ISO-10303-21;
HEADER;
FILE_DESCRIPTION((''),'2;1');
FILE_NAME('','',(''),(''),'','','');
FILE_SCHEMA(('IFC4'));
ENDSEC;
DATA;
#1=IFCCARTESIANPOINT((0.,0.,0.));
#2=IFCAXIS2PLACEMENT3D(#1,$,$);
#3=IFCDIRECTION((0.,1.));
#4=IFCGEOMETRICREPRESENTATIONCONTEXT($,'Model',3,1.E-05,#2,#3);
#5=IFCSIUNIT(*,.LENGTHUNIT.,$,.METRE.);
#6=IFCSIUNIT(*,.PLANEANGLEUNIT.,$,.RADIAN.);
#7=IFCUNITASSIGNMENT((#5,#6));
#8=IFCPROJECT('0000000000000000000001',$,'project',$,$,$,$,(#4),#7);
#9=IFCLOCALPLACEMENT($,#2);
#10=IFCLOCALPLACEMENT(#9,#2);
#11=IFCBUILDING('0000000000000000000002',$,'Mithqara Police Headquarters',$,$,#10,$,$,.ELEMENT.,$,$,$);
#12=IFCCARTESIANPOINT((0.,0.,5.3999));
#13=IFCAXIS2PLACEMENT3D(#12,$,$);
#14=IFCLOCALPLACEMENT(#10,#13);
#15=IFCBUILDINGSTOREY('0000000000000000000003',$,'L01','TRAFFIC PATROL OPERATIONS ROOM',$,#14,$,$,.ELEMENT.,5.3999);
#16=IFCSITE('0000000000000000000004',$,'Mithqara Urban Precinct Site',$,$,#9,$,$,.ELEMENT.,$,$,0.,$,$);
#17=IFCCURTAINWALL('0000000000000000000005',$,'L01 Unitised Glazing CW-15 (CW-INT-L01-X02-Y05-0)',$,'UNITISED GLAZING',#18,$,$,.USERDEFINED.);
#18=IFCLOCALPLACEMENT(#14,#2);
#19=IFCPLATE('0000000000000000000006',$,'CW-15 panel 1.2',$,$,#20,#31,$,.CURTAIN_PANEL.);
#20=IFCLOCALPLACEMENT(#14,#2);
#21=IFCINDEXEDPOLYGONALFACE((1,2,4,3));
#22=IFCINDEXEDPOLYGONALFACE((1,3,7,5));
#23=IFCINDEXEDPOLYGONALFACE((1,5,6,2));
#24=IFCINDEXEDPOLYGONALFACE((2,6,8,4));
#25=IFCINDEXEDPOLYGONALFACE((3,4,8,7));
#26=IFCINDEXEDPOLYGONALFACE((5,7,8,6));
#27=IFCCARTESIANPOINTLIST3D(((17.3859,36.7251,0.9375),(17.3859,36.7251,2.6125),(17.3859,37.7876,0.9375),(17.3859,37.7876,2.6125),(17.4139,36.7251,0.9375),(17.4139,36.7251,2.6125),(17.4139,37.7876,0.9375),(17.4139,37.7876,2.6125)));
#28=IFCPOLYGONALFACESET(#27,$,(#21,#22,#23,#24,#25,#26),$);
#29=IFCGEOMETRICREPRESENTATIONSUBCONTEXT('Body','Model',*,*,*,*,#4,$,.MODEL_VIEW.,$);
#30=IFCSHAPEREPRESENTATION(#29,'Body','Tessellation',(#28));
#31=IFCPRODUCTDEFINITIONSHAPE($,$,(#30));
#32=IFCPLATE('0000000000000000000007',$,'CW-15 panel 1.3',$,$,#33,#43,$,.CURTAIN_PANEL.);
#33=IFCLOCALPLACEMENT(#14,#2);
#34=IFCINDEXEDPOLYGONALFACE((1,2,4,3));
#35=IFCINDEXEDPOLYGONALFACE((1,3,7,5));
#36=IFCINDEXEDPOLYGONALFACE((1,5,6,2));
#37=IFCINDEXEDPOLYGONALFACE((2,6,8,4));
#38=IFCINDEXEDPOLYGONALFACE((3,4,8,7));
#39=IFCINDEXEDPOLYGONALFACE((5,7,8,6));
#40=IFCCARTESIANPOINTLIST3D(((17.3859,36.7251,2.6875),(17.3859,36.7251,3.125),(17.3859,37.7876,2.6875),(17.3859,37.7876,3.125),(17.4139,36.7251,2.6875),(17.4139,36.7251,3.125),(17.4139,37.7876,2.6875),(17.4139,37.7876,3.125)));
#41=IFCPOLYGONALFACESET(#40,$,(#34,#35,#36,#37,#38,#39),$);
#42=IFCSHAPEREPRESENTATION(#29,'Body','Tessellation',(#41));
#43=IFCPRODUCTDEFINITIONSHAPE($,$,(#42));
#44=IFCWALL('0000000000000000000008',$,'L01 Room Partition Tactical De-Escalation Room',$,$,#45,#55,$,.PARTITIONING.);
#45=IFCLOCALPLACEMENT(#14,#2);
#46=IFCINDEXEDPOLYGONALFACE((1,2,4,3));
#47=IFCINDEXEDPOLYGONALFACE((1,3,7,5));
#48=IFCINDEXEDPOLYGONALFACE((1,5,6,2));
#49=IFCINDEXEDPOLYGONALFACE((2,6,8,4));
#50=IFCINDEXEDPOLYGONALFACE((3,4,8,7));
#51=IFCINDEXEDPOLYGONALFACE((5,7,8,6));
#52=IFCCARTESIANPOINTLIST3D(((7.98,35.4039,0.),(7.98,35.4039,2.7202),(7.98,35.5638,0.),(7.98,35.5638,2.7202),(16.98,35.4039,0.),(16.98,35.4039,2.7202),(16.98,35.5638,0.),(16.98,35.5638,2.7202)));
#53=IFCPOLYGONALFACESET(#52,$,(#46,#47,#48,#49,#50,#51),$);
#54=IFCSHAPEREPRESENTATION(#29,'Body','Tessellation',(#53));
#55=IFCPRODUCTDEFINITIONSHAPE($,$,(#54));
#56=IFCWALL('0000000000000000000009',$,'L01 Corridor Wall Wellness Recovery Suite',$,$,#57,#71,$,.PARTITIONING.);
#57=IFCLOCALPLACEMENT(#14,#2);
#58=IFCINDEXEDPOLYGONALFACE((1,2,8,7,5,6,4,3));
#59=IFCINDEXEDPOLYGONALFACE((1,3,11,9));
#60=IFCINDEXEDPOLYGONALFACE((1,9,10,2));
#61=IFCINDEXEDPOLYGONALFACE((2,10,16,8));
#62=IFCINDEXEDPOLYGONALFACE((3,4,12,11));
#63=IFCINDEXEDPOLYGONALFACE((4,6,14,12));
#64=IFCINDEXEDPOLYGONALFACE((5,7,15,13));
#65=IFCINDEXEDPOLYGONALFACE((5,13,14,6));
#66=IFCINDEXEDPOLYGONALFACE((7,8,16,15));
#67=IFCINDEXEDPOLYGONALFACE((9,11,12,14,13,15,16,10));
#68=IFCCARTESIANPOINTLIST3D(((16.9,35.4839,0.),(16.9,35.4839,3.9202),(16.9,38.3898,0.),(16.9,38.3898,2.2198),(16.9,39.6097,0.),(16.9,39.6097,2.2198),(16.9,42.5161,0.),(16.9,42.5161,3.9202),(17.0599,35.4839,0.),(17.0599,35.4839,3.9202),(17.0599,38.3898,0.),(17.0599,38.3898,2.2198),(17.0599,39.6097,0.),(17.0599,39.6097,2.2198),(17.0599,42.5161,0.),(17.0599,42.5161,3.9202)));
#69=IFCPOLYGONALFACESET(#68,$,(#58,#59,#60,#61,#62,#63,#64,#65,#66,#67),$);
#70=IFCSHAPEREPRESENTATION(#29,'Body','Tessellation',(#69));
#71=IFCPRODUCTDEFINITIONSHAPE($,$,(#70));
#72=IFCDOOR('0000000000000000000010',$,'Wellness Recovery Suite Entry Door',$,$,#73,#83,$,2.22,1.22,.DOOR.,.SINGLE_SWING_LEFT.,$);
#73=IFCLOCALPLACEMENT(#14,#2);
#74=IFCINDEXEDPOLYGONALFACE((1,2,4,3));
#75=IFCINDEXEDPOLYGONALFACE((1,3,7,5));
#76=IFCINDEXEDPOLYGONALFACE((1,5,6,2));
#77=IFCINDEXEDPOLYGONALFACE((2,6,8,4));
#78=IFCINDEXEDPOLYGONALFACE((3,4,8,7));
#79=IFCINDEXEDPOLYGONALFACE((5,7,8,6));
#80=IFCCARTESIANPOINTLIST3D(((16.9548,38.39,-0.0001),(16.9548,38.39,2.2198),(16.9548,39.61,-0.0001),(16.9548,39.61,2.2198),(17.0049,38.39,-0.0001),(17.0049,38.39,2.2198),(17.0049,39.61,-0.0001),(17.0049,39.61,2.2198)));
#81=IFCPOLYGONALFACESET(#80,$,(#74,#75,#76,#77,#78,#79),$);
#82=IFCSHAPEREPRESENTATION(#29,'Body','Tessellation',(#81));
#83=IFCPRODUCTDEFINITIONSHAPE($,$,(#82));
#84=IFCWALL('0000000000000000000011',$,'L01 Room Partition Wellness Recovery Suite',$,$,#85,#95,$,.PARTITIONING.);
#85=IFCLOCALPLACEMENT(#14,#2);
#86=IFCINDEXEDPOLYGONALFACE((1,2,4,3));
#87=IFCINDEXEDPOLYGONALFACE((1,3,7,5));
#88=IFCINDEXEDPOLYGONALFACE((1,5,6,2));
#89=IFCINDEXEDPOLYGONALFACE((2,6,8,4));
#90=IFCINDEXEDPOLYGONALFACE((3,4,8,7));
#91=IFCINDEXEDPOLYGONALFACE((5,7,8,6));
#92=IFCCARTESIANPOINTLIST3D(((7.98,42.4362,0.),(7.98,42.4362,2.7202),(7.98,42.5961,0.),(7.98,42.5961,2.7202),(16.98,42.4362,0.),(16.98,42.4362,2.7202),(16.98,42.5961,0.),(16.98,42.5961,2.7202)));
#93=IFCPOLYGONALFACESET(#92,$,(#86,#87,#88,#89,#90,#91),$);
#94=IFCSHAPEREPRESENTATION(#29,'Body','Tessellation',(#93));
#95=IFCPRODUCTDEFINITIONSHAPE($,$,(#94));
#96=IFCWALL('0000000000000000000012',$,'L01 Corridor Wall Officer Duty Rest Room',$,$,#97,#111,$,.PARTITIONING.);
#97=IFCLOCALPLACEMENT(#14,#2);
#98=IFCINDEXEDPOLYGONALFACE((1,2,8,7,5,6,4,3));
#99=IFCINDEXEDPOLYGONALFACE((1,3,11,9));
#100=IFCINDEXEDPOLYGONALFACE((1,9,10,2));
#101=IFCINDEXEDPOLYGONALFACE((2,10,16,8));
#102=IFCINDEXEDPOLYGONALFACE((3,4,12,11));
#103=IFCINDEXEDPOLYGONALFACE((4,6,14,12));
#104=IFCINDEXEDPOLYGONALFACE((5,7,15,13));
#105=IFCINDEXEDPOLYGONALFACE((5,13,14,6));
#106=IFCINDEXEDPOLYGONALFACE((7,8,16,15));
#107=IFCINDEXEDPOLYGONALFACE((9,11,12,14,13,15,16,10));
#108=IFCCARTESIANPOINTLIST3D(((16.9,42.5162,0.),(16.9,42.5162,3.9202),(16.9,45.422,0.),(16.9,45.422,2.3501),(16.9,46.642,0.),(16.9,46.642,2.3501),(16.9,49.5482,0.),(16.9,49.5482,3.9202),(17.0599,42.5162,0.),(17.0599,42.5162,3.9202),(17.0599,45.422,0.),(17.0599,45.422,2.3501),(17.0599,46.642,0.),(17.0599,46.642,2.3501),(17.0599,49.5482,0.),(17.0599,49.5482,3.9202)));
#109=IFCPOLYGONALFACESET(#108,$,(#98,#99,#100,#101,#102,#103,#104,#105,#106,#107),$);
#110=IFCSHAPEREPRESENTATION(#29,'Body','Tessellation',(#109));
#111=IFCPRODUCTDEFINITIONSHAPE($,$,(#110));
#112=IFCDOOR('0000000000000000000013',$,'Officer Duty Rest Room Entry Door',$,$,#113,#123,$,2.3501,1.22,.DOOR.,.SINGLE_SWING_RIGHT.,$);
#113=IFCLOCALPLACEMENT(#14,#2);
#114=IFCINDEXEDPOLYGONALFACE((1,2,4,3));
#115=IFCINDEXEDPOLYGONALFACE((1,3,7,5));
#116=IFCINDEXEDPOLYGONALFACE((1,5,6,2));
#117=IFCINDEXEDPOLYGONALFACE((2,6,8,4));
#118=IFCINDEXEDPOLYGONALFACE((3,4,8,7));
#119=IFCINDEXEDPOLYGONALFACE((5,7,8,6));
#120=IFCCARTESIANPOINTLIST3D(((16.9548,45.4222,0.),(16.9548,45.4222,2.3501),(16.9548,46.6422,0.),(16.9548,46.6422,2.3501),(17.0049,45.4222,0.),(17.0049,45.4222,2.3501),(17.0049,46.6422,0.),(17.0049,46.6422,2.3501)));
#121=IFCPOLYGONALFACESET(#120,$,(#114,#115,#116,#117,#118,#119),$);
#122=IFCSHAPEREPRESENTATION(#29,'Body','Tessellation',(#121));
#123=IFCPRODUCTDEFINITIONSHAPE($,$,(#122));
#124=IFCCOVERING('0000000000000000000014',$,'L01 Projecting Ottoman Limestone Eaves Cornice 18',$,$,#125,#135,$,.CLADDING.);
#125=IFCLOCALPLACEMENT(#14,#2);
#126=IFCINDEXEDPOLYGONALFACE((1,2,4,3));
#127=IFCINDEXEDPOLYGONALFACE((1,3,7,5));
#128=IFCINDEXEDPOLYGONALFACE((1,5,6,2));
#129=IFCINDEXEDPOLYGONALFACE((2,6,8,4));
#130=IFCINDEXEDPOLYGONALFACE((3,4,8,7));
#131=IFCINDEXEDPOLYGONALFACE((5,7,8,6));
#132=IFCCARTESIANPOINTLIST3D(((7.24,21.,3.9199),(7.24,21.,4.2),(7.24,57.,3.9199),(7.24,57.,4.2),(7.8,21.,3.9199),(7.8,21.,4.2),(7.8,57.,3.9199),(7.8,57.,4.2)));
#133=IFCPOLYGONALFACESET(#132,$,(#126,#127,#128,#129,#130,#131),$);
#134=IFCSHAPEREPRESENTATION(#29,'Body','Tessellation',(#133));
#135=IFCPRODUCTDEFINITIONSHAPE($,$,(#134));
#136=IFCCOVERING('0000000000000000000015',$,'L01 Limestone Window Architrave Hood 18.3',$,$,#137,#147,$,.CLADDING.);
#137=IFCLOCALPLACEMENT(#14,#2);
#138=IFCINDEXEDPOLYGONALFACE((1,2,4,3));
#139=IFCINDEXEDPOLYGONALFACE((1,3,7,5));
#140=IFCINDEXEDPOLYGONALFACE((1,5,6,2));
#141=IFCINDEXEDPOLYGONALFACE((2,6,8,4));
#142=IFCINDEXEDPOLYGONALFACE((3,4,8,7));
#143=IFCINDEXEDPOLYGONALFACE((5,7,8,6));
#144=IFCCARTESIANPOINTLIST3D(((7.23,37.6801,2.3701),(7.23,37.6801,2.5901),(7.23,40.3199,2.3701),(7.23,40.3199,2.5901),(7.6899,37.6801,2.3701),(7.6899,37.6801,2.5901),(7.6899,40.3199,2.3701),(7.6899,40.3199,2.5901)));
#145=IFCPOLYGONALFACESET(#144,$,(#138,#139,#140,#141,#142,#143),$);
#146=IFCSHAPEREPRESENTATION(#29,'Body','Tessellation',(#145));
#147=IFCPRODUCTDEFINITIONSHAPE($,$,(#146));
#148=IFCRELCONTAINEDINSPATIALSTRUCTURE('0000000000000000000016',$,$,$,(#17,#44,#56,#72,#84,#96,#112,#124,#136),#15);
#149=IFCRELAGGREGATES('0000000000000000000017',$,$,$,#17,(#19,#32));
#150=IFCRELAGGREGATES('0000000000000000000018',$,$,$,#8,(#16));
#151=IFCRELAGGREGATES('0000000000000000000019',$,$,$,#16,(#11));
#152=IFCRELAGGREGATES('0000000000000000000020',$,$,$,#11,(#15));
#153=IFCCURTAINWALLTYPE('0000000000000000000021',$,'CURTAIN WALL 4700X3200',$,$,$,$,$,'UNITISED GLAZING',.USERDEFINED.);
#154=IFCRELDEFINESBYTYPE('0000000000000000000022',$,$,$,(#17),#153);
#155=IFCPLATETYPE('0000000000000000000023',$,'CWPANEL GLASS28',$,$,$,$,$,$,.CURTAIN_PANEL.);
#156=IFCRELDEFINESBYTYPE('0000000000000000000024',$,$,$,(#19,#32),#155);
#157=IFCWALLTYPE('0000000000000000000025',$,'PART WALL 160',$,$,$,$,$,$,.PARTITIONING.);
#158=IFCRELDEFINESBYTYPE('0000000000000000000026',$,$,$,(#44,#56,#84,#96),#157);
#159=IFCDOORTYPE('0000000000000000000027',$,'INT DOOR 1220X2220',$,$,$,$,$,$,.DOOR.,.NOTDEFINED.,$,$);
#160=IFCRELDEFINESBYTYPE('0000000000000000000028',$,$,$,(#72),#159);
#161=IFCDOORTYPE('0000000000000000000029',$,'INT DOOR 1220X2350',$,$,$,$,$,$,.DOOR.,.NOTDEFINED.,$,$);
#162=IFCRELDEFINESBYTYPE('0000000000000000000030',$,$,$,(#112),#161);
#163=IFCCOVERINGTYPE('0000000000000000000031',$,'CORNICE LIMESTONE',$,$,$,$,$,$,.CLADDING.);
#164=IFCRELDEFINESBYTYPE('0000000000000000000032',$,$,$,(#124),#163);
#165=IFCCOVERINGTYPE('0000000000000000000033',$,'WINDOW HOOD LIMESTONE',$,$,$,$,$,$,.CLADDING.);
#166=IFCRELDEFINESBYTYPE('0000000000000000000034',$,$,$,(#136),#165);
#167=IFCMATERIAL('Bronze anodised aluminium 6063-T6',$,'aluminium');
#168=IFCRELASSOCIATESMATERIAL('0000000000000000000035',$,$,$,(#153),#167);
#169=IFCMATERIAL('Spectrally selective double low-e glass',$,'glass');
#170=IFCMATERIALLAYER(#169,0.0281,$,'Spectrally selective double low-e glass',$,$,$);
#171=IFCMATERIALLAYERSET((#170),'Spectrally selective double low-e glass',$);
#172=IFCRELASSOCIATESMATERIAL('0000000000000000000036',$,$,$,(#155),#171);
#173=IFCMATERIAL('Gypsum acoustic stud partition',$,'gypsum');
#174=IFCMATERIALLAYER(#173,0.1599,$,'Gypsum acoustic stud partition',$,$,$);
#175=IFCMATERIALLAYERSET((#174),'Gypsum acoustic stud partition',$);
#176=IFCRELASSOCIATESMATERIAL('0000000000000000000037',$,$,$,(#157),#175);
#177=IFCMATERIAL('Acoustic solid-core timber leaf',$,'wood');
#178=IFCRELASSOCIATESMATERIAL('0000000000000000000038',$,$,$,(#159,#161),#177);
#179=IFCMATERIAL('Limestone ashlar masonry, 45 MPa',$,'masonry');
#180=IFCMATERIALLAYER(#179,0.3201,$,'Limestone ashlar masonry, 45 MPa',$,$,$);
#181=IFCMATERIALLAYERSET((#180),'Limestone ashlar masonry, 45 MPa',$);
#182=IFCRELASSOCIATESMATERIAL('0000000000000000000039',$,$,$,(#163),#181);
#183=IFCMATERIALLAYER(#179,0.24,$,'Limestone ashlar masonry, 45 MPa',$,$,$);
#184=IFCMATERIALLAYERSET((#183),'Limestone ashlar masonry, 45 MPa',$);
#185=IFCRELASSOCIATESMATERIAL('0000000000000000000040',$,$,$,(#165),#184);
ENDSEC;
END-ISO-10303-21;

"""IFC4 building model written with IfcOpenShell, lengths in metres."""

from ifc_helpers import new_model, si_unit, direction, frame, frame_2d, origin, origin_2d, place, context, subcontext, project, spatial, rectangle, extrude, material, layer, layer_set, type_object, element, fill, aggregate, save


model = new_model("IFC4")

# Units and contexts
model_context = context("Model", 3, precision=1e-05, world=origin(), true_north=direction((0.0, 1.0)))
body_context = subcontext(model_context, "Body", "Model", "MODEL_VIEW")
ifc_project = project(units=[si_unit("LENGTHUNIT", "METRE"), si_unit("PLANEANGLEUNIT", "RADIAN")], contexts=[model_context])

# Site, building, storey
site_placement = place(None, origin())
site = spatial("IfcSite", under=ifc_project, at=site_placement, Name="Mithqara Urban Precinct Site", CompositionType="ELEMENT", RefElevation=0.0)
building_placement = place(site_placement, origin())
building = spatial("IfcBuilding", under=site, at=building_placement, Name="Mithqara Police Headquarters", CompositionType="ELEMENT")
storey_placement = place(building_placement, frame((0.0, 0.0, 5.3999)))
storey = spatial("IfcBuildingStorey", under=building, at=storey_placement, Name="L01", Description="TRAFFIC PATROL OPERATIONS ROOM", CompositionType="ELEMENT", Elevation=5.3999)

# Curtain wall
ifc_material_1 = material(Name="Bronze anodised aluminium 6063-T6", Category="aluminium")
curtain_wall_type = type_object("IfcCurtainWallType", Name="CURTAIN WALL 4700X3200", ElementType="UNITISED GLAZING", PredefinedType="USERDEFINED", material=ifc_material_1)
curtain_wall_placement = place(storey_placement, origin())
curtain_wall = element("IfcCurtainWall", 1, at=curtain_wall_placement, inside=storey, type_object=curtain_wall_type, Name="L01 Unitised Glazing CW-15 (CW-INT-L01-X02-Y05-0)", ObjectType="UNITISED GLAZING", PredefinedType="USERDEFINED")

# Plates
ifc_material_2 = material(Name="Spectrally selective double low-e glass", Category="glass")
ifc_layer_1 = layer(ifc_material_2, 0.0281, Name="Spectrally selective double low-e glass")
ifc_layer_set_1 = layer_set([ifc_layer_1], Name="Spectrally selective double low-e glass")
plate_type = type_object("IfcPlateType", Name="CWPANEL GLASS28", PredefinedType="CURTAIN_PANEL", material=ifc_layer_set_1)
plate_1_placement = place(storey_placement, frame((17.3999, 37.2563, 0.9375), z_axis=(0.0, 0.0, 1.0), x_axis=(0.0, 1.0, 0.0)))
plate_1 = element("IfcPlate", 2, at=plate_1_placement, type_object=plate_type, Name="CW-15 panel 1.2", PredefinedType="CURTAIN_PANEL", context=body_context, shape_type="SweptSolid", body=[
    extrude(rectangle(XDim=1.0625, YDim=0.0281, at=origin_2d()), origin(), (0.0, 0.0, 1.0), 1.675),
])
plate_2_placement = place(storey_placement, frame((17.3999, 37.2563, 2.6875), z_axis=(0.0, 0.0, 1.0), x_axis=(0.0, 1.0, 0.0)))
plate_2 = element("IfcPlate", 3, at=plate_2_placement, type_object=plate_type, Name="CW-15 panel 1.3", PredefinedType="CURTAIN_PANEL", context=body_context, shape_type="SweptSolid", body=[
    extrude(rectangle(XDim=1.0625, YDim=0.0281, at=origin_2d()), origin(), (0.0, 0.0, 1.0), 0.4375),
])
aggregate(curtain_wall, [plate_1, plate_2])

# Wall
ifc_material_3 = material(Name="Gypsum acoustic stud partition", Category="gypsum")
ifc_layer_2 = layer(ifc_material_3, 0.1599, Name="Gypsum acoustic stud partition")
ifc_layer_set_2 = layer_set([ifc_layer_2], Name="Gypsum acoustic stud partition")
wall_type = type_object("IfcWallType", Name="PART WALL 160", PredefinedType="PARTITIONING", material=ifc_layer_set_2)
wall_1_placement = place(storey_placement, frame((7.98, 35.4839, 0.0), z_axis=(0.0, 0.0, 1.0), x_axis=(1.0, 0.0, 0.0)))
element("IfcWall", 4, at=wall_1_placement, inside=storey, type_object=wall_type, Name="L01 Room Partition Tactical De-Escalation Room", PredefinedType="PARTITIONING", context=body_context, shape_type="SweptSolid", body=[
    extrude(rectangle(XDim=9.0, YDim=0.1599, at=frame_2d((4.5, 0.0))), origin(), (0.0, 0.0, 1.0), 2.7202),
])

# Wall, opening, door
wall_2_placement = place(storey_placement, frame((16.98, 35.4839, 0.0), z_axis=(0.0, 0.0, 1.0), x_axis=(0.0, 1.0, 0.0)))
wall_2 = element("IfcWall", 5, at=wall_2_placement, inside=storey, type_object=wall_type, Name="L01 Corridor Wall Wellness Recovery Suite", PredefinedType="PARTITIONING", context=body_context, shape_type="SweptSolid", body=[
    extrude(rectangle(XDim=7.0322, YDim=0.1599, at=frame_2d((3.5161, 0.0))), origin(), (0.0, 0.0, 1.0), 3.9202),
])
opening_1_placement = place(wall_2_placement, frame((2.906, 0.0, 0.0)))
opening_1 = element("IfcOpeningElement", 6, at=opening_1_placement, cuts=wall_2, PredefinedType="OPENING", context=body_context, shape_type="SweptSolid", body=[
    extrude(rectangle(XDim=1.22, YDim=2.22, at=frame_2d((0.6099, 1.1099))), frame((0.0, 0.0898, 0.0), z_axis=(0.0, -1.0, 0.0), x_axis=(1.0, 0.0, 0.0)), (0.0, 0.0, 1.0), 0.1799),
])
ifc_material_4 = material(Name="Acoustic solid-core timber leaf", Category="wood")
door_type_1 = type_object("IfcDoorType", Name="INT DOOR 1220X2220", OperationType="NOTDEFINED", PredefinedType="DOOR", material=ifc_material_4)
door_1_placement = place(opening_1_placement, frame((1.22, 0.0, 0.0), z_axis=(0.0, 0.0, 1.0), x_axis=(-1.0, 0.0, 0.0)))
door_1 = element("IfcDoor", 7, at=door_1_placement, inside=storey, type_object=door_type_1, Name="Wellness Recovery Suite Entry Door", OperationType="SINGLE_SWING_LEFT", OverallHeight=2.22, OverallWidth=1.22, PredefinedType="DOOR", context=body_context, shape_type="SweptSolid", body=[
    extrude(rectangle(XDim=1.22, YDim=2.22, at=frame_2d((0.6099, 1.1099))), frame((0.0, 0.0249, 0.0), z_axis=(0.0, -1.0, 0.0), x_axis=(1.0, 0.0, 0.0)), (0.0, 0.0, 1.0), 0.05),
])
fill(opening_1, door_1)

# Wall
wall_3_placement = place(storey_placement, frame((7.98, 42.5161, 0.0), z_axis=(0.0, 0.0, 1.0), x_axis=(1.0, 0.0, 0.0)))
element("IfcWall", 8, at=wall_3_placement, inside=storey, type_object=wall_type, Name="L01 Room Partition Wellness Recovery Suite", PredefinedType="PARTITIONING", context=body_context, shape_type="SweptSolid", body=[
    extrude(rectangle(XDim=9.0, YDim=0.1599, at=frame_2d((4.5, 0.0))), origin(), (0.0, 0.0, 1.0), 2.7202),
])

# Wall, opening, door
wall_4_placement = place(storey_placement, frame((16.98, 42.5161, 0.0), z_axis=(0.0, 0.0, 1.0), x_axis=(0.0, 1.0, 0.0)))
wall_4 = element("IfcWall", 9, at=wall_4_placement, inside=storey, type_object=wall_type, Name="L01 Corridor Wall Officer Duty Rest Room", PredefinedType="PARTITIONING", context=body_context, shape_type="SweptSolid", body=[
    extrude(rectangle(XDim=7.032, YDim=0.1599, at=frame_2d((3.5161, 0.0))), origin(), (0.0, 0.0, 1.0), 3.9202),
])
opening_2_placement = place(wall_4_placement, frame((2.906, 0.0, 0.0)))
opening_2 = element("IfcOpeningElement", 10, at=opening_2_placement, cuts=wall_4, PredefinedType="OPENING", context=body_context, shape_type="SweptSolid", body=[
    extrude(rectangle(XDim=1.22, YDim=2.3501, at=frame_2d((0.6099, 1.175))), frame((0.0, 0.0898, 0.0), z_axis=(0.0, -1.0, 0.0), x_axis=(1.0, 0.0, 0.0)), (0.0, 0.0, 1.0), 0.1799),
])
door_type_2 = type_object("IfcDoorType", Name="INT DOOR 1220X2350", OperationType="NOTDEFINED", PredefinedType="DOOR", material=ifc_material_4)
door_2_placement = place(opening_2_placement, frame((1.22, 0.0, 0.0), z_axis=(0.0, 0.0, 1.0), x_axis=(-1.0, 0.0, 0.0)))
door_2 = element("IfcDoor", 11, at=door_2_placement, inside=storey, type_object=door_type_2, Name="Officer Duty Rest Room Entry Door", OperationType="SINGLE_SWING_RIGHT", OverallHeight=2.3501, OverallWidth=1.22, PredefinedType="DOOR", context=body_context, shape_type="SweptSolid", body=[
    extrude(rectangle(XDim=1.22, YDim=2.3501, at=frame_2d((0.6099, 1.175))), frame((0.0, 0.0249, 0.0), z_axis=(0.0, -1.0, 0.0), x_axis=(1.0, 0.0, 0.0)), (0.0, 0.0, 1.0), 0.05),
])
fill(opening_2, door_2)

# Coverings
ifc_material_5 = material(Name="Limestone ashlar masonry, 45 MPa", Category="masonry")
ifc_layer_3 = layer(ifc_material_5, 0.3201, Name="Limestone ashlar masonry, 45 MPa")
ifc_layer_set_3 = layer_set([ifc_layer_3], Name="Limestone ashlar masonry, 45 MPa")
covering_type_1 = type_object("IfcCoveringType", Name="CORNICE LIMESTONE", PredefinedType="CLADDING", material=ifc_layer_set_3)
covering_1_placement = place(storey_placement, frame((7.52, 39.0, 3.9199), z_axis=(0.0, 0.0, 1.0), x_axis=(0.0, 1.0, 0.0)))
element("IfcCovering", 12, at=covering_1_placement, inside=storey, type_object=covering_type_1, Name="L01 Projecting Ottoman Limestone Eaves Cornice 18", PredefinedType="CLADDING", context=body_context, shape_type="SweptSolid", body=[
    extrude(rectangle(XDim=36.0, YDim=0.5601, at=origin_2d()), origin(), (0.0, 0.0, 1.0), 0.28),
])
ifc_layer_4 = layer(ifc_material_5, 0.24, Name="Limestone ashlar masonry, 45 MPa")
ifc_layer_set_4 = layer_set([ifc_layer_4], Name="Limestone ashlar masonry, 45 MPa")
covering_type_2 = type_object("IfcCoveringType", Name="WINDOW HOOD LIMESTONE", PredefinedType="CLADDING", material=ifc_layer_set_4)
covering_2_placement = place(storey_placement, frame((7.46, 39.0, 2.3701), z_axis=(0.0, 0.0, 1.0), x_axis=(0.0, 1.0, 0.0)))
element("IfcCovering", 13, at=covering_2_placement, inside=storey, type_object=covering_type_2, Name="L01 Limestone Window Architrave Hood 18.3", PredefinedType="CLADDING", context=body_context, shape_type="SweptSolid", body=[
    extrude(rectangle(XDim=2.6399, YDim=0.46, at=origin_2d()), origin(), (0.0, 0.0, 1.0), 0.22),
])

save(model, "model.ifc")
